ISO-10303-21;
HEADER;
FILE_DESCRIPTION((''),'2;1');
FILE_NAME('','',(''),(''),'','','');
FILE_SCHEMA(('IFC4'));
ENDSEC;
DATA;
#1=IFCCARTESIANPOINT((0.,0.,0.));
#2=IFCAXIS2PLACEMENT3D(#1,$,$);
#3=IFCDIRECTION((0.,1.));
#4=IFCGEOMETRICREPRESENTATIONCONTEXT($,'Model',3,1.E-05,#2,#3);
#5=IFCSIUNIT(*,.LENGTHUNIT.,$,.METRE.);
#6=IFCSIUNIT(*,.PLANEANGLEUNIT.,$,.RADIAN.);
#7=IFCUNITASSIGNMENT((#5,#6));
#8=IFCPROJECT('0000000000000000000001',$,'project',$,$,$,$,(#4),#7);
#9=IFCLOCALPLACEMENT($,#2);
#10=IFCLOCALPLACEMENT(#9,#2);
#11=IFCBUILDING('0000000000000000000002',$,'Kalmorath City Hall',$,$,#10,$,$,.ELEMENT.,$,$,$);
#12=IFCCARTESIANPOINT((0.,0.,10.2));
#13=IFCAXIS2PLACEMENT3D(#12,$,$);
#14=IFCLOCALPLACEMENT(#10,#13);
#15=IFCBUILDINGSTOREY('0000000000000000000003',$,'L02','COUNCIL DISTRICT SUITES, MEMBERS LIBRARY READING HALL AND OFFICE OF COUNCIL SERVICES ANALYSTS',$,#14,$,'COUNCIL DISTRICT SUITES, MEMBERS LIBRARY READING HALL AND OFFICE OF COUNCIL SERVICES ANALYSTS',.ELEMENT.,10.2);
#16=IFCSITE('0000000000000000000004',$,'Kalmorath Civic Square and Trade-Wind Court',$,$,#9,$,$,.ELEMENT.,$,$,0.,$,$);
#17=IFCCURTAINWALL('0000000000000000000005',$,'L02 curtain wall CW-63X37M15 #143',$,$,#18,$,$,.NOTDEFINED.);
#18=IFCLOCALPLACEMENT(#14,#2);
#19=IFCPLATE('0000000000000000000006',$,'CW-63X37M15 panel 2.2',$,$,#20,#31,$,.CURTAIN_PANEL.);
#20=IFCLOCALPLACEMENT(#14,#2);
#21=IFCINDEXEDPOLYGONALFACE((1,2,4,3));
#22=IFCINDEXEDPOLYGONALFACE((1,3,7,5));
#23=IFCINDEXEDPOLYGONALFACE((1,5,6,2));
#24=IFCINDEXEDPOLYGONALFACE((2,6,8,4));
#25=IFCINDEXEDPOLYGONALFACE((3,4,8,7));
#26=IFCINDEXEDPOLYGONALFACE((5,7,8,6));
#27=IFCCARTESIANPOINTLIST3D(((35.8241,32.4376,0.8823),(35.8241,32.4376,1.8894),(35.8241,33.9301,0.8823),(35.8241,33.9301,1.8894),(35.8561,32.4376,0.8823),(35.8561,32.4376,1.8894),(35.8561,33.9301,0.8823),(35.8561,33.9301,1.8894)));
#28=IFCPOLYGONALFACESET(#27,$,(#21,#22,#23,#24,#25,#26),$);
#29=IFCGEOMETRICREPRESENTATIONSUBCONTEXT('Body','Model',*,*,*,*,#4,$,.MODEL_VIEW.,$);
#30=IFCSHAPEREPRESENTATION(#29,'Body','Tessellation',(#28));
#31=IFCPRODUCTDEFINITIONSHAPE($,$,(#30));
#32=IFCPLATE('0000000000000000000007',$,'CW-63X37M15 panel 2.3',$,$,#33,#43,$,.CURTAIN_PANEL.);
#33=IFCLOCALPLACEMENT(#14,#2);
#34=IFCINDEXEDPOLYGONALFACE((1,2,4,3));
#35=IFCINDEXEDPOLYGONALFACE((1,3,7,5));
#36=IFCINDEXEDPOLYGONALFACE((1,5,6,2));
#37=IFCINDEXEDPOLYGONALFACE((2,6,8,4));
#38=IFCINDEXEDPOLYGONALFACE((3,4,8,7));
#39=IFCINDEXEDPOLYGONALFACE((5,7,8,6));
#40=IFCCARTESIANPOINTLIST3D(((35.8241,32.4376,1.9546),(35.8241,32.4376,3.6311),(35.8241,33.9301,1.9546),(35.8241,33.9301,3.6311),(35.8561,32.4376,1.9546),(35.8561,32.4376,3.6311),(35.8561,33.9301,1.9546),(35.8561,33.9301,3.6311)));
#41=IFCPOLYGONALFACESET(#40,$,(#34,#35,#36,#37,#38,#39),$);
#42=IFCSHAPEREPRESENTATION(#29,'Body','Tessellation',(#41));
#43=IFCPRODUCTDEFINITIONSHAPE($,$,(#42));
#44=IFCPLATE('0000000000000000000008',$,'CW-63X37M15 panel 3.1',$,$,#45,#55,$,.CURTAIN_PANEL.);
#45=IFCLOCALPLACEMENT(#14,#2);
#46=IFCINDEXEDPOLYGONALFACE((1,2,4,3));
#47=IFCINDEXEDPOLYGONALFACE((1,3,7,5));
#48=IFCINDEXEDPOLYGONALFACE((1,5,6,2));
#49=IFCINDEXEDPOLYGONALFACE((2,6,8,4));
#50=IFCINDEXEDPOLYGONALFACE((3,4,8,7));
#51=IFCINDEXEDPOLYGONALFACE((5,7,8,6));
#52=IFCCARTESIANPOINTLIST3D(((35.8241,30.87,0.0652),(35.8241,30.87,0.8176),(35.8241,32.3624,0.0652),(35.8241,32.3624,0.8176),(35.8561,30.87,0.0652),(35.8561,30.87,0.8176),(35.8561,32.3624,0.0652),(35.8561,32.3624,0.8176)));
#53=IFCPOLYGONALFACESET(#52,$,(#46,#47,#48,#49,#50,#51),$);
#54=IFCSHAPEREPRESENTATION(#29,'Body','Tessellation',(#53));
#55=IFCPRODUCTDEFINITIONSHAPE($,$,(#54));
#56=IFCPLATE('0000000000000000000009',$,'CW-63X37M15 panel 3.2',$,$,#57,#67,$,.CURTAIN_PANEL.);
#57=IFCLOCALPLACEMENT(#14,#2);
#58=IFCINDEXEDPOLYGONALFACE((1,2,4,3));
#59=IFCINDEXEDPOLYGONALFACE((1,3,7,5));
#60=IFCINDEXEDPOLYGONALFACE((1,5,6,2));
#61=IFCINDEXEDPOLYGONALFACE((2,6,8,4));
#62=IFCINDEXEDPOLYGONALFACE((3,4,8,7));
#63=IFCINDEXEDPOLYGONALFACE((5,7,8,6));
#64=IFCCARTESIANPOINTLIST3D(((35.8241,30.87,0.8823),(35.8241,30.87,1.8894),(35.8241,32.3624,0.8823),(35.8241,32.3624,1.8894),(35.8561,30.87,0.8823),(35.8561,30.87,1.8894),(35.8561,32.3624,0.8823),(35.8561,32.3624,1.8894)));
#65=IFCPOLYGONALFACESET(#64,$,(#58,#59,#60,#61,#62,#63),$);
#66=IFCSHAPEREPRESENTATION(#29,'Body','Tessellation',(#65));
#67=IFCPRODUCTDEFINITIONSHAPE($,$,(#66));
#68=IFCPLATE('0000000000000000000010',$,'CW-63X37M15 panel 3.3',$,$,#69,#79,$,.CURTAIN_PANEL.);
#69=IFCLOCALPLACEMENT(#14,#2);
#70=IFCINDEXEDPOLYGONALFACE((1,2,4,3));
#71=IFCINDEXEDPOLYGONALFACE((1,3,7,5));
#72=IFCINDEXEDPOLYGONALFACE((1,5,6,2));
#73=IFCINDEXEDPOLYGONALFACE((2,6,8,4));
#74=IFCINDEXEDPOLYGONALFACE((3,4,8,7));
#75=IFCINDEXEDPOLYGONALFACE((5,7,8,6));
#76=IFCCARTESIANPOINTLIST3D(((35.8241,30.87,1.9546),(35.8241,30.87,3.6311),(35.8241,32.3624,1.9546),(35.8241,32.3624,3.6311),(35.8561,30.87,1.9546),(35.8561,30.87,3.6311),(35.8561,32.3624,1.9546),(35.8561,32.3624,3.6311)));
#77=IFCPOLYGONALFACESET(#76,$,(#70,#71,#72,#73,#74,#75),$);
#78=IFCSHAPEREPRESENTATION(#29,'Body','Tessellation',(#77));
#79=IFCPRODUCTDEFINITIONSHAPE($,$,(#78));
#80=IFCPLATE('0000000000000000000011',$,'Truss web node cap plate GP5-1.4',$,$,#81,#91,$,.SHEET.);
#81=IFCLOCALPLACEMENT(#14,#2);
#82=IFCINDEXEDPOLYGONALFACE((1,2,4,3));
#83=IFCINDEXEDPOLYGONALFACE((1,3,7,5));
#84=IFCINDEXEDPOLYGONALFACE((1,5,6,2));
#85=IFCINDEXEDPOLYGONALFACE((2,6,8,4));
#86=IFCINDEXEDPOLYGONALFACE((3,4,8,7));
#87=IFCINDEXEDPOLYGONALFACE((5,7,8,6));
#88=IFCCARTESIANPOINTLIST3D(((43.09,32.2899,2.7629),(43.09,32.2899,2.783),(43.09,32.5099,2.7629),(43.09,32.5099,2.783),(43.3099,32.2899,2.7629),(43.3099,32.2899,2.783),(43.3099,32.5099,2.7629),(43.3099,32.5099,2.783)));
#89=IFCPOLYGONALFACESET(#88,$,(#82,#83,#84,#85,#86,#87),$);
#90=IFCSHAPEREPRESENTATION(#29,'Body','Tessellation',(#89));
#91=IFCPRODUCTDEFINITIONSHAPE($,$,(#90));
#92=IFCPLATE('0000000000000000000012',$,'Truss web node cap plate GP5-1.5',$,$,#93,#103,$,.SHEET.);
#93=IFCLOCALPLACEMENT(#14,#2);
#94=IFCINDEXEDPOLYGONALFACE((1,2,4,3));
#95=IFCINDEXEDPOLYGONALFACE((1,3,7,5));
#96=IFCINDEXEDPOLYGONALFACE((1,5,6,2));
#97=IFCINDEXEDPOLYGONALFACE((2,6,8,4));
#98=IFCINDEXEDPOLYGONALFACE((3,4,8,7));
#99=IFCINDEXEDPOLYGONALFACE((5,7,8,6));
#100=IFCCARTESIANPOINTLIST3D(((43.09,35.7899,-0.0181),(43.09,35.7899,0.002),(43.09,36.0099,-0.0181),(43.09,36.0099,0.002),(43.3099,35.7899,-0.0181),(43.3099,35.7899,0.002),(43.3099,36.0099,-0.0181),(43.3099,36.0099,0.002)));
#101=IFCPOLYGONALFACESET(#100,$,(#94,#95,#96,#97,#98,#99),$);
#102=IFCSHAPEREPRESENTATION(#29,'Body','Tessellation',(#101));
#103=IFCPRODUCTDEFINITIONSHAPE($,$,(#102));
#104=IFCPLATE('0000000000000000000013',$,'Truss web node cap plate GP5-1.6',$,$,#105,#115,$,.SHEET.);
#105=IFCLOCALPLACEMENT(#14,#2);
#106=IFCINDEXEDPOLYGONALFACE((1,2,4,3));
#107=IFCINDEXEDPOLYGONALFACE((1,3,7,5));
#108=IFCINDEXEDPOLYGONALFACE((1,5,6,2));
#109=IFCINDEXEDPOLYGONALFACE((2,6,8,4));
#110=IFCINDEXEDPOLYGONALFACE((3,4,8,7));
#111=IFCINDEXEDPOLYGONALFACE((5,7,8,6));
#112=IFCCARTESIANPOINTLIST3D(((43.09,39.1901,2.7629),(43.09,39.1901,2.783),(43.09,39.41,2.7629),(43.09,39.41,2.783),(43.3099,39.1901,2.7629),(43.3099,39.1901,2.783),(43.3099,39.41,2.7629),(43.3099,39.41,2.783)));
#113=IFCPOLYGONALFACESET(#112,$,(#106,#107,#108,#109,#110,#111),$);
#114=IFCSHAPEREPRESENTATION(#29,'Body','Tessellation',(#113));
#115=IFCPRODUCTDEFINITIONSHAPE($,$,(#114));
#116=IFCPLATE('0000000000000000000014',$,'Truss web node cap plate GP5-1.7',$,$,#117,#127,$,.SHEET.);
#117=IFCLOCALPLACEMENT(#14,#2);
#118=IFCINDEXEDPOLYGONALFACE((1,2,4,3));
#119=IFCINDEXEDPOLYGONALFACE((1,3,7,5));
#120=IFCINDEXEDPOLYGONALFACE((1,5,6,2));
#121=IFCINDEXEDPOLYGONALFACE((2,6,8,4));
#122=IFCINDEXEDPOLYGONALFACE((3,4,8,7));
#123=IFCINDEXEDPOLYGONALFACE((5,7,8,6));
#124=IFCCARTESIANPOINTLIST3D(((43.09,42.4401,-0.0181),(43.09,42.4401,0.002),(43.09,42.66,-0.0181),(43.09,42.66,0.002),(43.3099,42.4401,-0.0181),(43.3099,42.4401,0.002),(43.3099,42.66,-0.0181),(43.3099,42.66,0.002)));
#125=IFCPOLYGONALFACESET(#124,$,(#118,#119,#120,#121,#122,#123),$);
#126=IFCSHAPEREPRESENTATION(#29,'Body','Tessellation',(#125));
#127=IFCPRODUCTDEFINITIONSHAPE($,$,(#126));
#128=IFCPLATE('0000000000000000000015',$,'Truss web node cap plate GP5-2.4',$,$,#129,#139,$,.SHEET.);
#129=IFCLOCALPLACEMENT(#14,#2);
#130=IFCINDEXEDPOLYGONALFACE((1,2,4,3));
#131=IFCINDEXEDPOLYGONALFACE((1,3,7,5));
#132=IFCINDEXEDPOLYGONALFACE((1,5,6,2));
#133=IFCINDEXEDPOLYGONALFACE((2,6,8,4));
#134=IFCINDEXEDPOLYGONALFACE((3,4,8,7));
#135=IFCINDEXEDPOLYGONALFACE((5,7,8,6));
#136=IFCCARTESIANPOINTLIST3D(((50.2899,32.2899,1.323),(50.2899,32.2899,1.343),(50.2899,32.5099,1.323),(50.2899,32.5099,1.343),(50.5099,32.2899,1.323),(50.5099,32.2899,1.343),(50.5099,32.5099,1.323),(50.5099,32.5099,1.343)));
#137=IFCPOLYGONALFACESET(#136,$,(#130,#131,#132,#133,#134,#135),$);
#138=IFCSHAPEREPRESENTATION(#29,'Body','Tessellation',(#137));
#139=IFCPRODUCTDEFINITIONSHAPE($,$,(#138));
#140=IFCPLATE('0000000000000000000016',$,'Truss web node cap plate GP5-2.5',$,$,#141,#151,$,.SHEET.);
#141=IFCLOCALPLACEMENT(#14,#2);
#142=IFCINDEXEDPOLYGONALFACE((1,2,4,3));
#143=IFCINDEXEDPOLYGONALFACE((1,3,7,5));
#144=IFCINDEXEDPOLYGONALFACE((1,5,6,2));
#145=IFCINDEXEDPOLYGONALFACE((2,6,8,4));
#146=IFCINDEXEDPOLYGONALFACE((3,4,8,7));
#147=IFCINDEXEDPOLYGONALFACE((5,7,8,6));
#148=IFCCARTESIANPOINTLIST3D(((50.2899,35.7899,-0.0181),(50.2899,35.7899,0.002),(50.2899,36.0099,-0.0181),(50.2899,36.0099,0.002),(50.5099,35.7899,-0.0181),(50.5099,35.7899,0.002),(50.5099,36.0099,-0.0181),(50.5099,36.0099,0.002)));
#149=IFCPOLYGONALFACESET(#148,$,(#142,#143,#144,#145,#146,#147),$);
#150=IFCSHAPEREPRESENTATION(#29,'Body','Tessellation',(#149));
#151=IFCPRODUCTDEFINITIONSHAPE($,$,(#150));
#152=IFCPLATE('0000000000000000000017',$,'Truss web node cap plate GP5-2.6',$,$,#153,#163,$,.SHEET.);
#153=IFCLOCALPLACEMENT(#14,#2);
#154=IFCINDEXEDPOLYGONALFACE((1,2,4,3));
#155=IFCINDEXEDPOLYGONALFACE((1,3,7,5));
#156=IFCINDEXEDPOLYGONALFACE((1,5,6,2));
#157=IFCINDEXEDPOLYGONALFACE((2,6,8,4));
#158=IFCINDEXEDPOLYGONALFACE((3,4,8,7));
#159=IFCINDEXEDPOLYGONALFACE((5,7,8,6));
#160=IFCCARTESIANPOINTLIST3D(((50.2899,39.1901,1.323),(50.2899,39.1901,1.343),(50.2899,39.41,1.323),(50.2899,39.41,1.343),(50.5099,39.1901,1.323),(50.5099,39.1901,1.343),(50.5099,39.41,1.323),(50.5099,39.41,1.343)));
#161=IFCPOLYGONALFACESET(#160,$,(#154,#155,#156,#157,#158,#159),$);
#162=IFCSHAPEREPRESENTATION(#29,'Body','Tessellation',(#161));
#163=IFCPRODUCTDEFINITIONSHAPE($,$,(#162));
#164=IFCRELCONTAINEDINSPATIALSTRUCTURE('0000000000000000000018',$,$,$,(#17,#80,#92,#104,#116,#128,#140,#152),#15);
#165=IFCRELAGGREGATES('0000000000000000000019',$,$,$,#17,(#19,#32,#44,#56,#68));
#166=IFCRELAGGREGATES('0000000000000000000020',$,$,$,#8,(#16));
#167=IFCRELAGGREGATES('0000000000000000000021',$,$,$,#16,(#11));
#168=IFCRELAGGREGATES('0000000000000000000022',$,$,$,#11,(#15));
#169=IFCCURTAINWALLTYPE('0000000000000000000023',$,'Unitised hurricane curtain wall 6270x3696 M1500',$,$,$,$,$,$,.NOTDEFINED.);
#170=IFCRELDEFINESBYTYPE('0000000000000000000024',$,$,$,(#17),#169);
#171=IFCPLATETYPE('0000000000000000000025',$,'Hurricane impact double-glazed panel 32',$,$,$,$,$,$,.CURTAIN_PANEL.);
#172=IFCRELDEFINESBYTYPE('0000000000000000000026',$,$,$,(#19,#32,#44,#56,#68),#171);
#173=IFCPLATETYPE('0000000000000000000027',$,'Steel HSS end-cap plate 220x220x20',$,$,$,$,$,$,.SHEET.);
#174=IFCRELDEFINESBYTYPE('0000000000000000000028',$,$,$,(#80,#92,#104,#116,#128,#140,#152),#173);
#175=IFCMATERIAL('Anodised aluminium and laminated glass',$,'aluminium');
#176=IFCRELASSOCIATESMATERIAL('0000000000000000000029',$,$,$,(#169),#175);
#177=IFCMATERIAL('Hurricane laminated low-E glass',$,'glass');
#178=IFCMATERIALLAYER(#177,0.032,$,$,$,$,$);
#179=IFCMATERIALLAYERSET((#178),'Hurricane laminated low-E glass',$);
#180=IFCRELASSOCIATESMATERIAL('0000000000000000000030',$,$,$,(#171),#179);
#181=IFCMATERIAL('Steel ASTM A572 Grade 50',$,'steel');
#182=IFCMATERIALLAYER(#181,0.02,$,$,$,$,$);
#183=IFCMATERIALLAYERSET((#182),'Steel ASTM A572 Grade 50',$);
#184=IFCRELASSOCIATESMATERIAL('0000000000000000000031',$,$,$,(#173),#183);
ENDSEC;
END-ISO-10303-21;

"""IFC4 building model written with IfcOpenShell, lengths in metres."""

from ifc_helpers import new_model, si_unit, direction, frame, origin, origin_2d, place, context, subcontext, project, spatial, rectangle, extrude, material, layer, layer_set, type_object, element, aggregate, save


model = new_model("IFC4")

# Units and contexts
model_context = context("Model", 3, precision=1e-05, world=origin(), true_north=direction((0.0, 1.0)))
body_context = subcontext(model_context, "Body", "Model", "MODEL_VIEW")
ifc_project = project(units=[si_unit("LENGTHUNIT", "METRE"), si_unit("PLANEANGLEUNIT", "RADIAN")], contexts=[model_context])

# Site, building, storey
site_placement = place(None, origin())
site = spatial("IfcSite", under=ifc_project, at=site_placement, Name="Kalmorath Civic Square and Trade-Wind Court", CompositionType="ELEMENT", RefElevation=0.0)
building_placement = place(site_placement, origin())
building = spatial("IfcBuilding", under=site, at=building_placement, Name="Kalmorath City Hall", CompositionType="ELEMENT")
storey_placement = place(building_placement, frame((0.0, 0.0, 10.2)))
storey = spatial("IfcBuildingStorey", under=building, at=storey_placement, Name="L02", Description="COUNCIL DISTRICT SUITES, MEMBERS LIBRARY READING HALL AND OFFICE OF COUNCIL SERVICES ANALYSTS", LongName="COUNCIL DISTRICT SUITES, MEMBERS LIBRARY READING HALL AND OFFICE OF COUNCIL SERVICES ANALYSTS", CompositionType="ELEMENT", Elevation=10.2)

# Curtain wall
ifc_material_1 = material(Name="Anodised aluminium and laminated glass", Category="aluminium")
curtain_wall_type = type_object("IfcCurtainWallType", Name="Unitised hurricane curtain wall 6270x3696 M1500", PredefinedType="NOTDEFINED", material=ifc_material_1)
curtain_wall_placement = place(storey_placement, origin())
curtain_wall = element("IfcCurtainWall", 1, at=curtain_wall_placement, inside=storey, type_object=curtain_wall_type, Name="L02 curtain wall CW-63X37M15 #143", PredefinedType="NOTDEFINED")

# Plates
ifc_material_2 = material(Name="Hurricane laminated low-E glass", Category="glass")
ifc_layer_1 = layer(ifc_material_2, 0.032)
ifc_layer_set_1 = layer_set([ifc_layer_1], Name="Hurricane laminated low-E glass")
plate_type_1 = type_object("IfcPlateType", Name="Hurricane impact double-glazed panel 32", PredefinedType="CURTAIN_PANEL", material=ifc_layer_set_1)
plate_1_placement = place(storey_placement, frame((35.8401, 33.1838, 0.8823), z_axis=(0.0, 0.0, 1.0), x_axis=(0.0, -1.0, 0.0)))
plate_1 = element("IfcPlate", 2, at=plate_1_placement, type_object=plate_type_1, Name="CW-63X37M15 panel 2.2", PredefinedType="CURTAIN_PANEL", context=body_context, shape_type="SweptSolid", body=[
    extrude(rectangle(XDim=1.4924, YDim=0.032, at=origin_2d()), origin(), (0.0, 0.0, 1.0), 1.0071),
])
plate_2_placement = place(storey_placement, frame((35.8401, 33.1838, 1.9546), z_axis=(0.0, 0.0, 1.0), x_axis=(0.0, -1.0, 0.0)))
plate_2 = element("IfcPlate", 3, at=plate_2_placement, type_object=plate_type_1, Name="CW-63X37M15 panel 2.3", PredefinedType="CURTAIN_PANEL", context=body_context, shape_type="SweptSolid", body=[
    extrude(rectangle(XDim=1.4924, YDim=0.032, at=origin_2d()), origin(), (0.0, 0.0, 1.0), 1.6765),
])
plate_3_placement = place(storey_placement, frame((35.8401, 31.6162, 0.0652), z_axis=(0.0, 0.0, 1.0), x_axis=(0.0, -1.0, 0.0)))
plate_3 = element("IfcPlate", 4, at=plate_3_placement, type_object=plate_type_1, Name="CW-63X37M15 panel 3.1", PredefinedType="CURTAIN_PANEL", context=body_context, shape_type="SweptSolid", body=[
    extrude(rectangle(XDim=1.4924, YDim=0.032, at=origin_2d()), origin(), (0.0, 0.0, 1.0), 0.7524),
])
plate_4_placement = place(storey_placement, frame((35.8401, 31.6162, 0.8823), z_axis=(0.0, 0.0, 1.0), x_axis=(0.0, -1.0, 0.0)))
plate_4 = element("IfcPlate", 5, at=plate_4_placement, type_object=plate_type_1, Name="CW-63X37M15 panel 3.2", PredefinedType="CURTAIN_PANEL", context=body_context, shape_type="SweptSolid", body=[
    extrude(rectangle(XDim=1.4924, YDim=0.032, at=origin_2d()), origin(), (0.0, 0.0, 1.0), 1.0071),
])
plate_5_placement = place(storey_placement, frame((35.8401, 31.6162, 1.9546), z_axis=(0.0, 0.0, 1.0), x_axis=(0.0, -1.0, 0.0)))
plate_5 = element("IfcPlate", 6, at=plate_5_placement, type_object=plate_type_1, Name="CW-63X37M15 panel 3.3", PredefinedType="CURTAIN_PANEL", context=body_context, shape_type="SweptSolid", body=[
    extrude(rectangle(XDim=1.4924, YDim=0.032, at=origin_2d()), origin(), (0.0, 0.0, 1.0), 1.6765),
])
aggregate(curtain_wall, [plate_1, plate_2, plate_3, plate_4, plate_5])

# Plates
ifc_material_3 = material(Name="Steel ASTM A572 Grade 50", Category="steel")
ifc_layer_2 = layer(ifc_material_3, 0.02)
ifc_layer_set_2 = layer_set([ifc_layer_2], Name="Steel ASTM A572 Grade 50")
plate_type_2 = type_object("IfcPlateType", Name="Steel HSS end-cap plate 220x220x20", PredefinedType="SHEET", material=ifc_layer_set_2)
for number, where, z_axis, x_axis, name in (
    (7, (43.2, 32.3999, 2.7629), (0.0, 0.0, 1.0), (1.0, 0.0, 0.0), "Truss web node cap plate GP5-1.4"),
    (8, (43.2, 35.8999, -0.0181), (0.0, 0.0, 1.0), (1.0, 0.0, 0.0), "Truss web node cap plate GP5-1.5"),
    (9, (43.2, 39.3, 2.7629), (0.0, 0.0, 1.0), (1.0, 0.0, 0.0), "Truss web node cap plate GP5-1.6"),
    (10, (43.2, 42.55, -0.0181), (0.0, 0.0, 1.0), (1.0, 0.0, 0.0), "Truss web node cap plate GP5-1.7"),
    (11, (50.3999, 32.3999, 1.323), (0.0, 0.0, 1.0), (1.0, 0.0, 0.0), "Truss web node cap plate GP5-2.4"),
    (12, (50.3999, 35.8999, -0.0181), (0.0, 0.0, 1.0), (1.0, 0.0, 0.0), "Truss web node cap plate GP5-2.5"),
    (13, (50.3999, 39.3, 1.323), (0.0, 0.0, 1.0), (1.0, 0.0, 0.0), "Truss web node cap plate GP5-2.6"),
):
    element("IfcPlate", number, at=place(storey_placement, frame(where, z_axis=z_axis, x_axis=x_axis)), inside=storey, type_object=plate_type_2, Name=name, PredefinedType="SHEET", context=body_context, shape_type="SweptSolid", body=[
        extrude(rectangle(XDim=0.22, YDim=0.22, at=origin_2d()), origin(), (0.0, 0.0, 1.0), 0.02),
    ])

save(model, "model.ifc")
